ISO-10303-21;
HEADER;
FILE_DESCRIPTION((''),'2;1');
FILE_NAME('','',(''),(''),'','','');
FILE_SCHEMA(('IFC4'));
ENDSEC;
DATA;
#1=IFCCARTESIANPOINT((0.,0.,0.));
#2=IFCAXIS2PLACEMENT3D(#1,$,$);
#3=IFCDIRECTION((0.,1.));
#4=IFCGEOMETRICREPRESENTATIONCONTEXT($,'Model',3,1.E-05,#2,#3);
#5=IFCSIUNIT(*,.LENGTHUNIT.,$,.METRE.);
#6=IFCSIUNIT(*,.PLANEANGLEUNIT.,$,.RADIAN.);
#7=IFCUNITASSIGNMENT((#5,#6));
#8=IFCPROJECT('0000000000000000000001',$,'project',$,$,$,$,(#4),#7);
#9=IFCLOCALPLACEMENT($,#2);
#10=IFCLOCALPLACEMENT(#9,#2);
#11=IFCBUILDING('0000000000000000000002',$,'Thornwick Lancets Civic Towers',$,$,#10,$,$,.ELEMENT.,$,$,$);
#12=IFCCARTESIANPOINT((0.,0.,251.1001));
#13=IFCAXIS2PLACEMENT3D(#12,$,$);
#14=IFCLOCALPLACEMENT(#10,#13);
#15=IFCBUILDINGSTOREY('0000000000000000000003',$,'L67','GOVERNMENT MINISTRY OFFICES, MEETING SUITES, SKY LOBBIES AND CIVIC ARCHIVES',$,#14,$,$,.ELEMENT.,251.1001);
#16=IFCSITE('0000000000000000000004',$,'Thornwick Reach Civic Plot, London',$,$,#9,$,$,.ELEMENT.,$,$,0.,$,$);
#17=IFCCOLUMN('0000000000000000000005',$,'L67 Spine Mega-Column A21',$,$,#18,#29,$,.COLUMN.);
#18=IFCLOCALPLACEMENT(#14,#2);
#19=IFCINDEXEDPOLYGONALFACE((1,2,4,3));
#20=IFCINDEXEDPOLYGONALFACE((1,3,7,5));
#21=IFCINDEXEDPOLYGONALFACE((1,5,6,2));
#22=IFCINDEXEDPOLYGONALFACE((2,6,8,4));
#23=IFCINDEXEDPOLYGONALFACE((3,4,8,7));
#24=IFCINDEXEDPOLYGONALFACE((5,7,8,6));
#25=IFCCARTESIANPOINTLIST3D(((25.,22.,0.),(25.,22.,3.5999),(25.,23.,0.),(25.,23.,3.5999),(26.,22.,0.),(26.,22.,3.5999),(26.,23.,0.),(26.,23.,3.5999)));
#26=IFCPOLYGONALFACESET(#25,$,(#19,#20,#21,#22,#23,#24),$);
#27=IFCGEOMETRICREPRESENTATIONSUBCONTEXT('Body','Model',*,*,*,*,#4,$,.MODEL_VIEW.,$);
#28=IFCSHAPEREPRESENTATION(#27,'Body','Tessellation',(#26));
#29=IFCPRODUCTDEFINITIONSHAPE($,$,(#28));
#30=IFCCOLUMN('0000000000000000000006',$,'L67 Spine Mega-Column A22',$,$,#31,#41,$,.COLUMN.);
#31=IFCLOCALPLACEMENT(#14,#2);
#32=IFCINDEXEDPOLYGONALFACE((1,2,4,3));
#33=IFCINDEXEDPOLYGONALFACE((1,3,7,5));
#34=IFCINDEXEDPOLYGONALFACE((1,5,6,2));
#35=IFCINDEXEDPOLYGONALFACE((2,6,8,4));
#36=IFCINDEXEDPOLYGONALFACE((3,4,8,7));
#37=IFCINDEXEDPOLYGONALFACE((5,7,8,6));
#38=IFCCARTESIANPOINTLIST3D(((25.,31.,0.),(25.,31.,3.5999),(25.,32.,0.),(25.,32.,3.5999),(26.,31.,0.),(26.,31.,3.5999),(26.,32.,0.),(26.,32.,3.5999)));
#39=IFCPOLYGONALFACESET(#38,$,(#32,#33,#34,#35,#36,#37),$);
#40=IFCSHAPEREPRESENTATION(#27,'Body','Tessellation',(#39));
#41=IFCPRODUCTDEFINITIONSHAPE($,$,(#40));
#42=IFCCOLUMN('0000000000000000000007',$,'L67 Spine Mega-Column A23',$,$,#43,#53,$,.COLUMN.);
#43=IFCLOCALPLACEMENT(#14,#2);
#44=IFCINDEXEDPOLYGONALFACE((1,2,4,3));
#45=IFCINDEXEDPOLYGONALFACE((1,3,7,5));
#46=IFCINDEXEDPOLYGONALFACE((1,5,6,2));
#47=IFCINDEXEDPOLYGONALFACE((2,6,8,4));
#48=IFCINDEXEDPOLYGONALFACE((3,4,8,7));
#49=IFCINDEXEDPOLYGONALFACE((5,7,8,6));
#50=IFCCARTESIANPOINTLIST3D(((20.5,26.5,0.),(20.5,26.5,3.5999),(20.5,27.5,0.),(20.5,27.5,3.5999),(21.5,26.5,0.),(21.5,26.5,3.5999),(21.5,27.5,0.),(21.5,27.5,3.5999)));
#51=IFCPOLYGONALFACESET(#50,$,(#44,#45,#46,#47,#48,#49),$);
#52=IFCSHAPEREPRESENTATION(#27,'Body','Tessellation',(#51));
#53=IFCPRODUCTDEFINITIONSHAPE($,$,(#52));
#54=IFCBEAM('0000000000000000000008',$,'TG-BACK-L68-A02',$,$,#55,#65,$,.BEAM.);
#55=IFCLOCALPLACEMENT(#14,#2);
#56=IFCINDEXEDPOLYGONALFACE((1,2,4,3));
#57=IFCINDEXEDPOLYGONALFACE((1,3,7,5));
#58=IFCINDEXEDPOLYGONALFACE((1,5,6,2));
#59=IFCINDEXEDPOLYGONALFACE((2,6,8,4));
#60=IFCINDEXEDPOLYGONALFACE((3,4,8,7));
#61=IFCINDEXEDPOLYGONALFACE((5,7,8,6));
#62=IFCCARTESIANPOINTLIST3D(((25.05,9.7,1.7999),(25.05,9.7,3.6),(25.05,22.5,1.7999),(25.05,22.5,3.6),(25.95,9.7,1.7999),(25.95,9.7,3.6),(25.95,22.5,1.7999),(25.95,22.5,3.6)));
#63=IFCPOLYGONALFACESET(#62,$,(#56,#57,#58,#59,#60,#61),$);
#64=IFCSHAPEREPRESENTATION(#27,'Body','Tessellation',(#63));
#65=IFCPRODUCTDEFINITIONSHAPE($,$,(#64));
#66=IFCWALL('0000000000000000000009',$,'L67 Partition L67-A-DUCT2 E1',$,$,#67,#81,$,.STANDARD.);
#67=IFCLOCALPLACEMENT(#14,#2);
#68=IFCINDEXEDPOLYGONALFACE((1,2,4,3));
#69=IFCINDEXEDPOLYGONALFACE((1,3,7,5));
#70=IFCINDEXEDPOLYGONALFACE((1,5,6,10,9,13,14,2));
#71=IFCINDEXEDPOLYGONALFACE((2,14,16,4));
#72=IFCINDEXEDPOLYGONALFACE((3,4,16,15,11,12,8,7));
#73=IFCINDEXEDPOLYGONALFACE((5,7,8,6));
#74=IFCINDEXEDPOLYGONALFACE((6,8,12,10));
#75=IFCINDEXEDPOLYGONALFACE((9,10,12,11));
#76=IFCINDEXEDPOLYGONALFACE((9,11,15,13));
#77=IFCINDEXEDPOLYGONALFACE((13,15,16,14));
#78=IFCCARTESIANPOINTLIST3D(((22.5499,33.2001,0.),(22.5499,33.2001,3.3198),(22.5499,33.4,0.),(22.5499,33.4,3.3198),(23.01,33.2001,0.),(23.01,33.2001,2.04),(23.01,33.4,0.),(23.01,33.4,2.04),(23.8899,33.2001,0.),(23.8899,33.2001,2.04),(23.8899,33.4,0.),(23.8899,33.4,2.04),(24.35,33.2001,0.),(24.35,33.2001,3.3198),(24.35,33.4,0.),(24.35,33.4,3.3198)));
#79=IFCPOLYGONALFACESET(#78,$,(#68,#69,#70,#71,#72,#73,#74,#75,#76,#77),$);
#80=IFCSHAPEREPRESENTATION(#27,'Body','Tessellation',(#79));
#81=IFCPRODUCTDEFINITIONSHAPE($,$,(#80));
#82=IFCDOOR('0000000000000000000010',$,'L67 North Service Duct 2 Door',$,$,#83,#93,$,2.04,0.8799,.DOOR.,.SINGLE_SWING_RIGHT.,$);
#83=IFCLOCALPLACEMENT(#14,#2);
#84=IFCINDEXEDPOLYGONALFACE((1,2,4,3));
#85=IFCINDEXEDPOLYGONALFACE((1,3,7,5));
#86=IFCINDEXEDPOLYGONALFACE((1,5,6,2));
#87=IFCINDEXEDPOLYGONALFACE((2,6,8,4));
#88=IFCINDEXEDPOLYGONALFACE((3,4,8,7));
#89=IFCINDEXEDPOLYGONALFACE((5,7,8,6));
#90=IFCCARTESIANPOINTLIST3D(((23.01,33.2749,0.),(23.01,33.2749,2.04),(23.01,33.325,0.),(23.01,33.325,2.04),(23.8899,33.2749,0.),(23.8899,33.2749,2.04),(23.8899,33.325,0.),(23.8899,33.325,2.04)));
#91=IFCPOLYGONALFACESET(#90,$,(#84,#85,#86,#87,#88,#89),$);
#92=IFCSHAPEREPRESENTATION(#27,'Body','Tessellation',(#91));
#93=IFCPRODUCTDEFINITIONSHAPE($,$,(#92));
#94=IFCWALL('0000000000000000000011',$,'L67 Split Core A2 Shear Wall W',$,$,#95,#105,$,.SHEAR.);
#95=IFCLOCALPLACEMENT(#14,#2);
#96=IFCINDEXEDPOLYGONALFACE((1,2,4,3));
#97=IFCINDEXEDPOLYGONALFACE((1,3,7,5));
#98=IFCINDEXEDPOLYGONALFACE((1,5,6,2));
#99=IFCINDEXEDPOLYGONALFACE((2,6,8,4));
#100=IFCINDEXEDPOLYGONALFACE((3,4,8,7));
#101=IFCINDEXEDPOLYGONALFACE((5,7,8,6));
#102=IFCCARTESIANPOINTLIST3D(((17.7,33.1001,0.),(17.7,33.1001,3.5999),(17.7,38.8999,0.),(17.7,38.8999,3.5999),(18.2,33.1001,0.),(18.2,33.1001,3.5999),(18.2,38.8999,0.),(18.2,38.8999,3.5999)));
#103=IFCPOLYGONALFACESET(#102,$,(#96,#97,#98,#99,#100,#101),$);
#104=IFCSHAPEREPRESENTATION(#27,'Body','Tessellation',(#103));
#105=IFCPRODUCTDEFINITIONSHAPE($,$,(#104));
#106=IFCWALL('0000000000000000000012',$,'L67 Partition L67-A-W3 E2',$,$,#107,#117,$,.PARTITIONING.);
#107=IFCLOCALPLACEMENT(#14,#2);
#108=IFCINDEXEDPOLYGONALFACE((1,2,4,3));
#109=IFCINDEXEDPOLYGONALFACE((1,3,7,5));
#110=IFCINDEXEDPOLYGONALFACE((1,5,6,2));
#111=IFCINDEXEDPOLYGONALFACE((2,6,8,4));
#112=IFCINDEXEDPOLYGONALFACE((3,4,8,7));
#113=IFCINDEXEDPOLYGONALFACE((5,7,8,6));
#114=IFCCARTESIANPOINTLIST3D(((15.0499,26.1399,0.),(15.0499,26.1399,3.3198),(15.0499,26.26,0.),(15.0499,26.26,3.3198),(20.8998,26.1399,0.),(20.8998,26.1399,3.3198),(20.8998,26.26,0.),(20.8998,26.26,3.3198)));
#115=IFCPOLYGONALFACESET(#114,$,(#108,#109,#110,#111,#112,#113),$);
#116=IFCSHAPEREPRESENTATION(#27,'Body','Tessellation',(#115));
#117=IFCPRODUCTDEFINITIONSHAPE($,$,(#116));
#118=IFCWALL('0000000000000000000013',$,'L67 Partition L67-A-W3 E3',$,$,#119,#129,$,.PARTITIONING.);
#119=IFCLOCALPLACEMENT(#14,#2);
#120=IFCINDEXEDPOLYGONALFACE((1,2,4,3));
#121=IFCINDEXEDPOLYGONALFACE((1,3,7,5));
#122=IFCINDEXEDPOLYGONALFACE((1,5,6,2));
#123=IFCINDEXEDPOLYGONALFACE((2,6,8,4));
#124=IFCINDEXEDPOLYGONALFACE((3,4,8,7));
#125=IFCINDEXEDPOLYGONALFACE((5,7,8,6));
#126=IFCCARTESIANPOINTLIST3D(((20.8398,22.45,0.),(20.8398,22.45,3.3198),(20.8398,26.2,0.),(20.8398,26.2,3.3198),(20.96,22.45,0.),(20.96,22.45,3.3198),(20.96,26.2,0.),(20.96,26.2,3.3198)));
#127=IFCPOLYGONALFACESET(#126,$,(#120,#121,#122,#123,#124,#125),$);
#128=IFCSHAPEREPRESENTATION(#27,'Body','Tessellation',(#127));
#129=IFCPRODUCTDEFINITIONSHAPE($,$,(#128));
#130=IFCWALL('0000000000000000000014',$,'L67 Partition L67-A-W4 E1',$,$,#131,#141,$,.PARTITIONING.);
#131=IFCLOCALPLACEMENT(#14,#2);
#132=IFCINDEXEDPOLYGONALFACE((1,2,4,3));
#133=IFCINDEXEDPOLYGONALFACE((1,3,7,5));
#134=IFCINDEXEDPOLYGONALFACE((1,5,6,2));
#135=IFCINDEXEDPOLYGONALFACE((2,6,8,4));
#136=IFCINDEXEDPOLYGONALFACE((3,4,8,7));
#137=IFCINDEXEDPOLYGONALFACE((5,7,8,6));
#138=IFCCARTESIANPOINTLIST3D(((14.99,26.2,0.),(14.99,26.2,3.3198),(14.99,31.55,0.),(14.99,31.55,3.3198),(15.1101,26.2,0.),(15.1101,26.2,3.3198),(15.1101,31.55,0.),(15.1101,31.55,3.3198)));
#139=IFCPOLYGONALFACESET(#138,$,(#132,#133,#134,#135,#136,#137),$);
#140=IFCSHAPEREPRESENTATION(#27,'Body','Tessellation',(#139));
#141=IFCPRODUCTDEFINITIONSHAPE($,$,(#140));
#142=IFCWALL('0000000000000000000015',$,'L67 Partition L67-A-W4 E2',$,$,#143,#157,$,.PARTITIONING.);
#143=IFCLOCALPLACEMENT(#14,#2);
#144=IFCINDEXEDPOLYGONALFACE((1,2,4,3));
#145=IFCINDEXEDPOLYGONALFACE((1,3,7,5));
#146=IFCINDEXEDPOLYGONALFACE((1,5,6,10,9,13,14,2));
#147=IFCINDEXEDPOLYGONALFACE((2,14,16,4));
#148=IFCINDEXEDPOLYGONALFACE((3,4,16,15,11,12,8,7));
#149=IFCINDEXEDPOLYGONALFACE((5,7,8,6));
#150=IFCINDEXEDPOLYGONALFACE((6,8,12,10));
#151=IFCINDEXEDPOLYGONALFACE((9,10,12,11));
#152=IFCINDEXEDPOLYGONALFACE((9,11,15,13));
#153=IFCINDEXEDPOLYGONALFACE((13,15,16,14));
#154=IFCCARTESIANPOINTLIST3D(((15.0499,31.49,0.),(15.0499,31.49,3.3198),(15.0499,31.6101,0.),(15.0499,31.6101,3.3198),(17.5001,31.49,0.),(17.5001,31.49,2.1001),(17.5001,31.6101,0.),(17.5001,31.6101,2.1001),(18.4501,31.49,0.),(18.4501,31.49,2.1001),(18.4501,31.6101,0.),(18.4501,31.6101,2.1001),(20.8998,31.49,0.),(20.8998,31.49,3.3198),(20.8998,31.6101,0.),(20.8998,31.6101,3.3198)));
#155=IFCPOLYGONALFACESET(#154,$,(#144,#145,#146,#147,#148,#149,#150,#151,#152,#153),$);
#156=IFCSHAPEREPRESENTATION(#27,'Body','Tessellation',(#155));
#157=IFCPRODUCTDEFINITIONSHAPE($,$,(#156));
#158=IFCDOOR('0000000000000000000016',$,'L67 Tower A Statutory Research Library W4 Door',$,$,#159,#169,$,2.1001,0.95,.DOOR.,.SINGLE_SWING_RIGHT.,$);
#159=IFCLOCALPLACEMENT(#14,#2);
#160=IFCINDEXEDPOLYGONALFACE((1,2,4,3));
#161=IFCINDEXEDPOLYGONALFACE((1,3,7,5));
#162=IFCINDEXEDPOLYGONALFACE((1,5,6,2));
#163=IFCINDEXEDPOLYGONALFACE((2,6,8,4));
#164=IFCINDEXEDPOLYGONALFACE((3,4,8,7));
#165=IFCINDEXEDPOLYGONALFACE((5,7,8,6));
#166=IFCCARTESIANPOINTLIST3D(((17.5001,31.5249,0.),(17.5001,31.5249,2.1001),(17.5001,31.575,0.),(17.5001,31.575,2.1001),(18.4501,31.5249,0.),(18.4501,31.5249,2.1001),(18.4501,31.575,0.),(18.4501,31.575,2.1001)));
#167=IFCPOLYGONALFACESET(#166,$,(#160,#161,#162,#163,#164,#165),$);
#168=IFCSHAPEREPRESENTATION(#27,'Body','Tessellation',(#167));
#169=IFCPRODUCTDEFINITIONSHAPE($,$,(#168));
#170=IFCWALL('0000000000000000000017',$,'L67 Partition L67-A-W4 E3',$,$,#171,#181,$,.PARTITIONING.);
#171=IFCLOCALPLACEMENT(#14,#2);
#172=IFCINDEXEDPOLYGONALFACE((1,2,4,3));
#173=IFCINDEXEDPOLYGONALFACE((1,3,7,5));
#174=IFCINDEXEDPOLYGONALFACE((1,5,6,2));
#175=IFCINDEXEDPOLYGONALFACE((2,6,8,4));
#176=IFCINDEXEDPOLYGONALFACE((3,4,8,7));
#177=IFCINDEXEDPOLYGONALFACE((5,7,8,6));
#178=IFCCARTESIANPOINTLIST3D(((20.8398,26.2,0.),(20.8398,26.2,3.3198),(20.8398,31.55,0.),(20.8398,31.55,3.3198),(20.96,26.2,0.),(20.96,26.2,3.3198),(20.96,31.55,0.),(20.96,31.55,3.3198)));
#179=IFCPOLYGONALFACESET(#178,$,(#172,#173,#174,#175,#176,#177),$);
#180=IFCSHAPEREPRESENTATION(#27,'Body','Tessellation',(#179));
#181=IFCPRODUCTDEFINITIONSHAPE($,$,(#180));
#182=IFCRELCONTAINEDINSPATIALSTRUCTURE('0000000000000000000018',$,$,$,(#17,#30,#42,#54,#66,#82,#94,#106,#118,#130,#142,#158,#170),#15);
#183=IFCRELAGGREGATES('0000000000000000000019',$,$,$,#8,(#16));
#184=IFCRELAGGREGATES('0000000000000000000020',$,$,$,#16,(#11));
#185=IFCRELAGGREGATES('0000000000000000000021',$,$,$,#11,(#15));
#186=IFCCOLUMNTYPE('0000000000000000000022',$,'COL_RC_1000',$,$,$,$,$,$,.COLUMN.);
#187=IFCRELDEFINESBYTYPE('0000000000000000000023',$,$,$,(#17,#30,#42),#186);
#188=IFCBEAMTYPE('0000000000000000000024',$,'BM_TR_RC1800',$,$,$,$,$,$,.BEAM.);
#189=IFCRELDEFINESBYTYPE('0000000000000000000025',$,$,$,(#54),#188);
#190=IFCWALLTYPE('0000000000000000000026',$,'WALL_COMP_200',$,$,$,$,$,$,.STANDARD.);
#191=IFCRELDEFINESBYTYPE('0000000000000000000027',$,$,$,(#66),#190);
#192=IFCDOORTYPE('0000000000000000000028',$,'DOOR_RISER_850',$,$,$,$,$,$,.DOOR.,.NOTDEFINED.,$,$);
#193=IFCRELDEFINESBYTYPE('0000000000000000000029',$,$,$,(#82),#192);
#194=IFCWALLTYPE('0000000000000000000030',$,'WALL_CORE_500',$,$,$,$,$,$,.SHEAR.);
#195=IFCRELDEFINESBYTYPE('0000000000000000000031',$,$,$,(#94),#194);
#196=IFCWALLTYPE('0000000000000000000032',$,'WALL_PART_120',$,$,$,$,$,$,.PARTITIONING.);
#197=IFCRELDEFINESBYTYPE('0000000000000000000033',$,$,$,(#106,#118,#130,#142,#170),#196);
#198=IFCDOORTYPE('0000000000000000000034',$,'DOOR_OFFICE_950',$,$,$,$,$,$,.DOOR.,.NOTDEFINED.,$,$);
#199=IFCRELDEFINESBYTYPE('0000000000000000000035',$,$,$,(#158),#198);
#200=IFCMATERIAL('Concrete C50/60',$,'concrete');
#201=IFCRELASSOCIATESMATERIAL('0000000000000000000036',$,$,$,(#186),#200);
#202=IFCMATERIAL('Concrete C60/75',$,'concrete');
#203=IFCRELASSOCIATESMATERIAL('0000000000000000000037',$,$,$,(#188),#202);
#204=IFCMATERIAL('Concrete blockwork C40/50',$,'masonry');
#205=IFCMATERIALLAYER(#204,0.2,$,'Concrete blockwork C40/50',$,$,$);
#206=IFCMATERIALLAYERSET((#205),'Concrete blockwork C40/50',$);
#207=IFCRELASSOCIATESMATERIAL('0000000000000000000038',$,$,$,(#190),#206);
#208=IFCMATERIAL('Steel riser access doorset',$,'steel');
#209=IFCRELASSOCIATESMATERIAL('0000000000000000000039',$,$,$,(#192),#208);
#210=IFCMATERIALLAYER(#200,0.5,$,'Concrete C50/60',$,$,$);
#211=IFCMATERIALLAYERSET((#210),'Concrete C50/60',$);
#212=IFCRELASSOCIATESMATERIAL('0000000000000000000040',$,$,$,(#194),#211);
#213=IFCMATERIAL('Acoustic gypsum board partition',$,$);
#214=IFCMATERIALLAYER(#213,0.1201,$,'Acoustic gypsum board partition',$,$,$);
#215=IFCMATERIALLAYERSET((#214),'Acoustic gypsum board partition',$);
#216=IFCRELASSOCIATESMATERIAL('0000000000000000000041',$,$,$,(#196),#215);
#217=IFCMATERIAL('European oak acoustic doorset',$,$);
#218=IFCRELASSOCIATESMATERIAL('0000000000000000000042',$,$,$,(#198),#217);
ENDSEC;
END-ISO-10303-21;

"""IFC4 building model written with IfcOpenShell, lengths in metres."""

from ifc_helpers import new_model, si_unit, direction, frame, frame_2d, origin, origin_2d, place, context, subcontext, project, spatial, rectangle, extrude, material, layer, layer_set, material_profile, profile_set, type_object, element, fill, save


model = new_model("IFC4")

# Units and contexts
model_context = context("Model", 3, precision=1e-05, world=origin(), true_north=direction((0.0, 1.0)))
body_context = subcontext(model_context, "Body", "Model", "MODEL_VIEW")
ifc_project = project(units=[si_unit("LENGTHUNIT", "METRE"), si_unit("PLANEANGLEUNIT", "RADIAN")], contexts=[model_context])

# Site, building, storey
site_placement = place(None, origin())
site = spatial("IfcSite", under=ifc_project, at=site_placement, Name="Thornwick Reach Civic Plot, London", CompositionType="ELEMENT", RefElevation=0.0)
building_placement = place(site_placement, origin())
building = spatial("IfcBuilding", under=site, at=building_placement, Name="Thornwick Lancets Civic Towers", CompositionType="ELEMENT")
storey_placement = place(building_placement, frame((0.0, 0.0, 251.1001)))
storey = spatial("IfcBuildingStorey", under=building, at=storey_placement, Name="L67", Description="GOVERNMENT MINISTRY OFFICES, MEETING SUITES, SKY LOBBIES AND CIVIC ARCHIVES", CompositionType="ELEMENT", Elevation=251.1001)

# Columns
ifc_material_1 = material(Name="Concrete C50/60", Category="concrete")
ifc_material_profile_1 = material_profile(ifc_material_1, rectangle(XDim=1.0, YDim=1.0, at=origin_2d()), Name="RC 1000x1000")
ifc_profile_set_1 = profile_set([ifc_material_profile_1], Name="Concrete C50/60")
column_type = type_object("IfcColumnType", Name="COL_RC_1000", PredefinedType="COLUMN", material=ifc_profile_set_1)
for number, where, z_axis, x_axis, name in (
    (1, (25.5, 22.5, 0.0), (0.0, 0.0, 1.0), (1.0, 0.0, 0.0), "L67 Spine Mega-Column A21"),
    (2, (25.5, 31.5, 0.0), (0.0, 0.0, 1.0), (1.0, 0.0, 0.0), "L67 Spine Mega-Column A22"),
    (3, (21.0, 27.0, 0.0), (0.0, 0.0, 1.0), (1.0, 0.0, 0.0), "L67 Spine Mega-Column A23"),
):
    element("IfcColumn", number, at=place(storey_placement, frame(where, z_axis=z_axis, x_axis=x_axis)), inside=storey, type_object=column_type, Name=name, PredefinedType="COLUMN", context=body_context, shape_type="SweptSolid", body=[
        extrude(rectangle(XDim=1.0, YDim=1.0, at=origin_2d()), origin(), (0.0, 0.0, 1.0), 3.5999),
    ])

# Beam
ifc_material_2 = material(Name="Concrete C60/75", Category="concrete")
ifc_material_profile_2 = material_profile(ifc_material_2, rectangle(XDim=0.8999, YDim=1.8, at=origin_2d()), Name="RC 900x1800")
ifc_profile_set_2 = profile_set([ifc_material_profile_2], Name="Concrete C60/75")
beam_type = type_object("IfcBeamType", Name="BM_TR_RC1800", PredefinedType="BEAM", material=ifc_profile_set_2)
beam_placement = place(storey_placement, frame((25.5, 22.5, 2.7), z_axis=(0.0, -1.0, 0.0), x_axis=(1.0, 0.0, 0.0)))
element("IfcBeam", 4, at=beam_placement, inside=storey, type_object=beam_type, Name="TG-BACK-L68-A02", PredefinedType="BEAM", context=body_context, shape_type="SweptSolid", body=[
    extrude(rectangle(XDim=0.8999, YDim=1.8, at=origin_2d()), origin(), (0.0, 0.0, 1.0), 12.8),
])

# Wall, opening, door
ifc_material_3 = material(Name="Concrete blockwork C40/50", Category="masonry")
ifc_layer_1 = layer(ifc_material_3, 0.2, Name="Concrete blockwork C40/50")
ifc_layer_set_1 = layer_set([ifc_layer_1], Name="Concrete blockwork C40/50")
wall_type_1 = type_object("IfcWallType", Name="WALL_COMP_200", PredefinedType="STANDARD", material=ifc_layer_set_1)
wall_1_placement = place(storey_placement, frame((22.55, 33.3, 0.0), z_axis=(0.0, 0.0, 1.0), x_axis=(1.0, 0.0, 0.0)))
wall_1 = element("IfcWall", 5, at=wall_1_placement, inside=storey, type_object=wall_type_1, Name="L67 Partition L67-A-DUCT2 E1", PredefinedType="STANDARD", context=body_context, shape_type="SweptSolid", body=[
    extrude(rectangle(XDim=1.8, YDim=0.2, at=frame_2d((0.8999, 0.0))), origin(), (0.0, 0.0, 1.0), 3.3198),
])
opening_1_placement = place(wall_1_placement, frame((0.46, 0.0, 0.0)))
opening_1 = element("IfcOpeningElement", 6, at=opening_1_placement, cuts=wall_1, PredefinedType="OPENING", context=body_context, shape_type="SweptSolid", body=[
    extrude(rectangle(XDim=0.8799, YDim=2.04, at=frame_2d((0.4399, 1.02))), frame((0.0, 0.1099, 0.0), z_axis=(0.0, -1.0, 0.0), x_axis=(1.0, 0.0, 0.0)), (0.0, 0.0, 1.0), 0.22),
])
ifc_material_4 = material(Name="Steel riser access doorset", Category="steel")
door_type_1 = type_object("IfcDoorType", Name="DOOR_RISER_850", OperationType="NOTDEFINED", PredefinedType="DOOR", material=ifc_material_4)
door_1_placement = place(opening_1_placement, origin())
door_1 = element("IfcDoor", 7, at=door_1_placement, inside=storey, type_object=door_type_1, Name="L67 North Service Duct 2 Door", OperationType="SINGLE_SWING_RIGHT", OverallHeight=2.04, OverallWidth=0.8799, PredefinedType="DOOR", context=body_context, shape_type="SweptSolid", body=[
    extrude(rectangle(XDim=0.8799, YDim=2.04, at=frame_2d((0.4399, 1.02))), frame((0.0, 0.0249, 0.0), z_axis=(0.0, -1.0, 0.0), x_axis=(1.0, 0.0, 0.0)), (0.0, 0.0, 1.0), 0.05),
])
fill(opening_1, door_1)

# Walls
ifc_layer_2 = layer(ifc_material_1, 0.5, Name="Concrete C50/60")
ifc_layer_set_2 = layer_set([ifc_layer_2], Name="Concrete C50/60")
wall_type_2 = type_object("IfcWallType", Name="WALL_CORE_500", PredefinedType="SHEAR", material=ifc_layer_set_2)
wall_2_placement = place(storey_placement, frame((17.95, 33.1001, 0.0), z_axis=(0.0, 0.0, 1.0), x_axis=(0.0, 1.0, 0.0)))
element("IfcWall", 8, at=wall_2_placement, inside=storey, type_object=wall_type_2, Name="L67 Split Core A2 Shear Wall W", PredefinedType="SHEAR", context=body_context, shape_type="SweptSolid", body=[
    extrude(rectangle(XDim=5.7998, YDim=0.5, at=frame_2d((2.8999, 0.0))), origin(), (0.0, 0.0, 1.0), 3.5999),
])
ifc_material_5 = material(Name="Acoustic gypsum board partition")
ifc_layer_3 = layer(ifc_material_5, 0.1201, Name="Acoustic gypsum board partition")
ifc_layer_set_3 = layer_set([ifc_layer_3], Name="Acoustic gypsum board partition")
wall_type_3 = type_object("IfcWallType", Name="WALL_PART_120", PredefinedType="PARTITIONING", material=ifc_layer_set_3)
wall_3_placement = place(storey_placement, frame((15.05, 26.2, 0.0), z_axis=(0.0, 0.0, 1.0), x_axis=(1.0, 0.0, 0.0)))
element("IfcWall", 9, at=wall_3_placement, inside=storey, type_object=wall_type_3, Name="L67 Partition L67-A-W3 E2", PredefinedType="PARTITIONING", context=body_context, shape_type="SweptSolid", body=[
    extrude(rectangle(XDim=5.8499, YDim=0.1201, at=frame_2d((2.9248, 0.0))), origin(), (0.0, 0.0, 1.0), 3.3198),
])
wall_4_placement = place(storey_placement, frame((20.8999, 26.2, 0.0), z_axis=(0.0, 0.0, 1.0), x_axis=(0.0, -1.0, 0.0)))
element("IfcWall", 10, at=wall_4_placement, inside=storey, type_object=wall_type_3, Name="L67 Partition L67-A-W3 E3", PredefinedType="PARTITIONING", context=body_context, shape_type="SweptSolid", body=[
    extrude(rectangle(XDim=3.75, YDim=0.1201, at=frame_2d((1.875, 0.0))), origin(), (0.0, 0.0, 1.0), 3.3198),
])
wall_5_placement = place(storey_placement, frame((15.05, 26.2, 0.0), z_axis=(0.0, 0.0, 1.0), x_axis=(0.0, 1.0, 0.0)))
element("IfcWall", 11, at=wall_5_placement, inside=storey, type_object=wall_type_3, Name="L67 Partition L67-A-W4 E1", PredefinedType="PARTITIONING", context=body_context, shape_type="SweptSolid", body=[
    extrude(rectangle(XDim=5.3501, YDim=0.1201, at=frame_2d((2.675, 0.0))), origin(), (0.0, 0.0, 1.0), 3.3198),
])

# Wall, opening, door
wall_6_placement = place(storey_placement, frame((15.05, 31.55, 0.0), z_axis=(0.0, 0.0, 1.0), x_axis=(1.0, 0.0, 0.0)))
wall_6 = element("IfcWall", 12, at=wall_6_placement, inside=storey, type_object=wall_type_3, Name="L67 Partition L67-A-W4 E2", PredefinedType="PARTITIONING", context=body_context, shape_type="SweptSolid", body=[
    extrude(rectangle(XDim=5.8499, YDim=0.1201, at=frame_2d((2.9248, 0.0))), origin(), (0.0, 0.0, 1.0), 3.3198),
])
opening_2_placement = place(wall_6_placement, frame((2.45, 0.0, 0.0)))
opening_2 = element("IfcOpeningElement", 13, at=opening_2_placement, cuts=wall_6, PredefinedType="OPENING", context=body_context, shape_type="SweptSolid", body=[
    extrude(rectangle(XDim=0.95, YDim=2.1001, at=frame_2d((0.4751, 1.05))), frame((0.0, 0.0701, 0.0), z_axis=(0.0, -1.0, 0.0), x_axis=(1.0, 0.0, 0.0)), (0.0, 0.0, 1.0), 0.1401),
])
ifc_material_6 = material(Name="European oak acoustic doorset")
door_type_2 = type_object("IfcDoorType", Name="DOOR_OFFICE_950", OperationType="NOTDEFINED", PredefinedType="DOOR", material=ifc_material_6)
door_2_placement = place(opening_2_placement, origin())
door_2 = element("IfcDoor", 14, at=door_2_placement, inside=storey, type_object=door_type_2, Name="L67 Tower A Statutory Research Library W4 Door", OperationType="SINGLE_SWING_RIGHT", OverallHeight=2.1001, OverallWidth=0.95, PredefinedType="DOOR", context=body_context, shape_type="SweptSolid", body=[
    extrude(rectangle(XDim=0.95, YDim=2.1001, at=frame_2d((0.4751, 1.05))), frame((0.0, 0.0249, 0.0), z_axis=(0.0, -1.0, 0.0), x_axis=(1.0, 0.0, 0.0)), (0.0, 0.0, 1.0), 0.05),
])
fill(opening_2, door_2)

# Wall
wall_7_placement = place(storey_placement, frame((20.8999, 31.55, 0.0), z_axis=(0.0, 0.0, 1.0), x_axis=(0.0, -1.0, 0.0)))
element("IfcWall", 15, at=wall_7_placement, inside=storey, type_object=wall_type_3, Name="L67 Partition L67-A-W4 E3", PredefinedType="PARTITIONING", context=body_context, shape_type="SweptSolid", body=[
    extrude(rectangle(XDim=5.3501, YDim=0.1201, at=frame_2d((2.675, 0.0))), origin(), (0.0, 0.0, 1.0), 3.3198),
])

save(model, "model.ifc")
